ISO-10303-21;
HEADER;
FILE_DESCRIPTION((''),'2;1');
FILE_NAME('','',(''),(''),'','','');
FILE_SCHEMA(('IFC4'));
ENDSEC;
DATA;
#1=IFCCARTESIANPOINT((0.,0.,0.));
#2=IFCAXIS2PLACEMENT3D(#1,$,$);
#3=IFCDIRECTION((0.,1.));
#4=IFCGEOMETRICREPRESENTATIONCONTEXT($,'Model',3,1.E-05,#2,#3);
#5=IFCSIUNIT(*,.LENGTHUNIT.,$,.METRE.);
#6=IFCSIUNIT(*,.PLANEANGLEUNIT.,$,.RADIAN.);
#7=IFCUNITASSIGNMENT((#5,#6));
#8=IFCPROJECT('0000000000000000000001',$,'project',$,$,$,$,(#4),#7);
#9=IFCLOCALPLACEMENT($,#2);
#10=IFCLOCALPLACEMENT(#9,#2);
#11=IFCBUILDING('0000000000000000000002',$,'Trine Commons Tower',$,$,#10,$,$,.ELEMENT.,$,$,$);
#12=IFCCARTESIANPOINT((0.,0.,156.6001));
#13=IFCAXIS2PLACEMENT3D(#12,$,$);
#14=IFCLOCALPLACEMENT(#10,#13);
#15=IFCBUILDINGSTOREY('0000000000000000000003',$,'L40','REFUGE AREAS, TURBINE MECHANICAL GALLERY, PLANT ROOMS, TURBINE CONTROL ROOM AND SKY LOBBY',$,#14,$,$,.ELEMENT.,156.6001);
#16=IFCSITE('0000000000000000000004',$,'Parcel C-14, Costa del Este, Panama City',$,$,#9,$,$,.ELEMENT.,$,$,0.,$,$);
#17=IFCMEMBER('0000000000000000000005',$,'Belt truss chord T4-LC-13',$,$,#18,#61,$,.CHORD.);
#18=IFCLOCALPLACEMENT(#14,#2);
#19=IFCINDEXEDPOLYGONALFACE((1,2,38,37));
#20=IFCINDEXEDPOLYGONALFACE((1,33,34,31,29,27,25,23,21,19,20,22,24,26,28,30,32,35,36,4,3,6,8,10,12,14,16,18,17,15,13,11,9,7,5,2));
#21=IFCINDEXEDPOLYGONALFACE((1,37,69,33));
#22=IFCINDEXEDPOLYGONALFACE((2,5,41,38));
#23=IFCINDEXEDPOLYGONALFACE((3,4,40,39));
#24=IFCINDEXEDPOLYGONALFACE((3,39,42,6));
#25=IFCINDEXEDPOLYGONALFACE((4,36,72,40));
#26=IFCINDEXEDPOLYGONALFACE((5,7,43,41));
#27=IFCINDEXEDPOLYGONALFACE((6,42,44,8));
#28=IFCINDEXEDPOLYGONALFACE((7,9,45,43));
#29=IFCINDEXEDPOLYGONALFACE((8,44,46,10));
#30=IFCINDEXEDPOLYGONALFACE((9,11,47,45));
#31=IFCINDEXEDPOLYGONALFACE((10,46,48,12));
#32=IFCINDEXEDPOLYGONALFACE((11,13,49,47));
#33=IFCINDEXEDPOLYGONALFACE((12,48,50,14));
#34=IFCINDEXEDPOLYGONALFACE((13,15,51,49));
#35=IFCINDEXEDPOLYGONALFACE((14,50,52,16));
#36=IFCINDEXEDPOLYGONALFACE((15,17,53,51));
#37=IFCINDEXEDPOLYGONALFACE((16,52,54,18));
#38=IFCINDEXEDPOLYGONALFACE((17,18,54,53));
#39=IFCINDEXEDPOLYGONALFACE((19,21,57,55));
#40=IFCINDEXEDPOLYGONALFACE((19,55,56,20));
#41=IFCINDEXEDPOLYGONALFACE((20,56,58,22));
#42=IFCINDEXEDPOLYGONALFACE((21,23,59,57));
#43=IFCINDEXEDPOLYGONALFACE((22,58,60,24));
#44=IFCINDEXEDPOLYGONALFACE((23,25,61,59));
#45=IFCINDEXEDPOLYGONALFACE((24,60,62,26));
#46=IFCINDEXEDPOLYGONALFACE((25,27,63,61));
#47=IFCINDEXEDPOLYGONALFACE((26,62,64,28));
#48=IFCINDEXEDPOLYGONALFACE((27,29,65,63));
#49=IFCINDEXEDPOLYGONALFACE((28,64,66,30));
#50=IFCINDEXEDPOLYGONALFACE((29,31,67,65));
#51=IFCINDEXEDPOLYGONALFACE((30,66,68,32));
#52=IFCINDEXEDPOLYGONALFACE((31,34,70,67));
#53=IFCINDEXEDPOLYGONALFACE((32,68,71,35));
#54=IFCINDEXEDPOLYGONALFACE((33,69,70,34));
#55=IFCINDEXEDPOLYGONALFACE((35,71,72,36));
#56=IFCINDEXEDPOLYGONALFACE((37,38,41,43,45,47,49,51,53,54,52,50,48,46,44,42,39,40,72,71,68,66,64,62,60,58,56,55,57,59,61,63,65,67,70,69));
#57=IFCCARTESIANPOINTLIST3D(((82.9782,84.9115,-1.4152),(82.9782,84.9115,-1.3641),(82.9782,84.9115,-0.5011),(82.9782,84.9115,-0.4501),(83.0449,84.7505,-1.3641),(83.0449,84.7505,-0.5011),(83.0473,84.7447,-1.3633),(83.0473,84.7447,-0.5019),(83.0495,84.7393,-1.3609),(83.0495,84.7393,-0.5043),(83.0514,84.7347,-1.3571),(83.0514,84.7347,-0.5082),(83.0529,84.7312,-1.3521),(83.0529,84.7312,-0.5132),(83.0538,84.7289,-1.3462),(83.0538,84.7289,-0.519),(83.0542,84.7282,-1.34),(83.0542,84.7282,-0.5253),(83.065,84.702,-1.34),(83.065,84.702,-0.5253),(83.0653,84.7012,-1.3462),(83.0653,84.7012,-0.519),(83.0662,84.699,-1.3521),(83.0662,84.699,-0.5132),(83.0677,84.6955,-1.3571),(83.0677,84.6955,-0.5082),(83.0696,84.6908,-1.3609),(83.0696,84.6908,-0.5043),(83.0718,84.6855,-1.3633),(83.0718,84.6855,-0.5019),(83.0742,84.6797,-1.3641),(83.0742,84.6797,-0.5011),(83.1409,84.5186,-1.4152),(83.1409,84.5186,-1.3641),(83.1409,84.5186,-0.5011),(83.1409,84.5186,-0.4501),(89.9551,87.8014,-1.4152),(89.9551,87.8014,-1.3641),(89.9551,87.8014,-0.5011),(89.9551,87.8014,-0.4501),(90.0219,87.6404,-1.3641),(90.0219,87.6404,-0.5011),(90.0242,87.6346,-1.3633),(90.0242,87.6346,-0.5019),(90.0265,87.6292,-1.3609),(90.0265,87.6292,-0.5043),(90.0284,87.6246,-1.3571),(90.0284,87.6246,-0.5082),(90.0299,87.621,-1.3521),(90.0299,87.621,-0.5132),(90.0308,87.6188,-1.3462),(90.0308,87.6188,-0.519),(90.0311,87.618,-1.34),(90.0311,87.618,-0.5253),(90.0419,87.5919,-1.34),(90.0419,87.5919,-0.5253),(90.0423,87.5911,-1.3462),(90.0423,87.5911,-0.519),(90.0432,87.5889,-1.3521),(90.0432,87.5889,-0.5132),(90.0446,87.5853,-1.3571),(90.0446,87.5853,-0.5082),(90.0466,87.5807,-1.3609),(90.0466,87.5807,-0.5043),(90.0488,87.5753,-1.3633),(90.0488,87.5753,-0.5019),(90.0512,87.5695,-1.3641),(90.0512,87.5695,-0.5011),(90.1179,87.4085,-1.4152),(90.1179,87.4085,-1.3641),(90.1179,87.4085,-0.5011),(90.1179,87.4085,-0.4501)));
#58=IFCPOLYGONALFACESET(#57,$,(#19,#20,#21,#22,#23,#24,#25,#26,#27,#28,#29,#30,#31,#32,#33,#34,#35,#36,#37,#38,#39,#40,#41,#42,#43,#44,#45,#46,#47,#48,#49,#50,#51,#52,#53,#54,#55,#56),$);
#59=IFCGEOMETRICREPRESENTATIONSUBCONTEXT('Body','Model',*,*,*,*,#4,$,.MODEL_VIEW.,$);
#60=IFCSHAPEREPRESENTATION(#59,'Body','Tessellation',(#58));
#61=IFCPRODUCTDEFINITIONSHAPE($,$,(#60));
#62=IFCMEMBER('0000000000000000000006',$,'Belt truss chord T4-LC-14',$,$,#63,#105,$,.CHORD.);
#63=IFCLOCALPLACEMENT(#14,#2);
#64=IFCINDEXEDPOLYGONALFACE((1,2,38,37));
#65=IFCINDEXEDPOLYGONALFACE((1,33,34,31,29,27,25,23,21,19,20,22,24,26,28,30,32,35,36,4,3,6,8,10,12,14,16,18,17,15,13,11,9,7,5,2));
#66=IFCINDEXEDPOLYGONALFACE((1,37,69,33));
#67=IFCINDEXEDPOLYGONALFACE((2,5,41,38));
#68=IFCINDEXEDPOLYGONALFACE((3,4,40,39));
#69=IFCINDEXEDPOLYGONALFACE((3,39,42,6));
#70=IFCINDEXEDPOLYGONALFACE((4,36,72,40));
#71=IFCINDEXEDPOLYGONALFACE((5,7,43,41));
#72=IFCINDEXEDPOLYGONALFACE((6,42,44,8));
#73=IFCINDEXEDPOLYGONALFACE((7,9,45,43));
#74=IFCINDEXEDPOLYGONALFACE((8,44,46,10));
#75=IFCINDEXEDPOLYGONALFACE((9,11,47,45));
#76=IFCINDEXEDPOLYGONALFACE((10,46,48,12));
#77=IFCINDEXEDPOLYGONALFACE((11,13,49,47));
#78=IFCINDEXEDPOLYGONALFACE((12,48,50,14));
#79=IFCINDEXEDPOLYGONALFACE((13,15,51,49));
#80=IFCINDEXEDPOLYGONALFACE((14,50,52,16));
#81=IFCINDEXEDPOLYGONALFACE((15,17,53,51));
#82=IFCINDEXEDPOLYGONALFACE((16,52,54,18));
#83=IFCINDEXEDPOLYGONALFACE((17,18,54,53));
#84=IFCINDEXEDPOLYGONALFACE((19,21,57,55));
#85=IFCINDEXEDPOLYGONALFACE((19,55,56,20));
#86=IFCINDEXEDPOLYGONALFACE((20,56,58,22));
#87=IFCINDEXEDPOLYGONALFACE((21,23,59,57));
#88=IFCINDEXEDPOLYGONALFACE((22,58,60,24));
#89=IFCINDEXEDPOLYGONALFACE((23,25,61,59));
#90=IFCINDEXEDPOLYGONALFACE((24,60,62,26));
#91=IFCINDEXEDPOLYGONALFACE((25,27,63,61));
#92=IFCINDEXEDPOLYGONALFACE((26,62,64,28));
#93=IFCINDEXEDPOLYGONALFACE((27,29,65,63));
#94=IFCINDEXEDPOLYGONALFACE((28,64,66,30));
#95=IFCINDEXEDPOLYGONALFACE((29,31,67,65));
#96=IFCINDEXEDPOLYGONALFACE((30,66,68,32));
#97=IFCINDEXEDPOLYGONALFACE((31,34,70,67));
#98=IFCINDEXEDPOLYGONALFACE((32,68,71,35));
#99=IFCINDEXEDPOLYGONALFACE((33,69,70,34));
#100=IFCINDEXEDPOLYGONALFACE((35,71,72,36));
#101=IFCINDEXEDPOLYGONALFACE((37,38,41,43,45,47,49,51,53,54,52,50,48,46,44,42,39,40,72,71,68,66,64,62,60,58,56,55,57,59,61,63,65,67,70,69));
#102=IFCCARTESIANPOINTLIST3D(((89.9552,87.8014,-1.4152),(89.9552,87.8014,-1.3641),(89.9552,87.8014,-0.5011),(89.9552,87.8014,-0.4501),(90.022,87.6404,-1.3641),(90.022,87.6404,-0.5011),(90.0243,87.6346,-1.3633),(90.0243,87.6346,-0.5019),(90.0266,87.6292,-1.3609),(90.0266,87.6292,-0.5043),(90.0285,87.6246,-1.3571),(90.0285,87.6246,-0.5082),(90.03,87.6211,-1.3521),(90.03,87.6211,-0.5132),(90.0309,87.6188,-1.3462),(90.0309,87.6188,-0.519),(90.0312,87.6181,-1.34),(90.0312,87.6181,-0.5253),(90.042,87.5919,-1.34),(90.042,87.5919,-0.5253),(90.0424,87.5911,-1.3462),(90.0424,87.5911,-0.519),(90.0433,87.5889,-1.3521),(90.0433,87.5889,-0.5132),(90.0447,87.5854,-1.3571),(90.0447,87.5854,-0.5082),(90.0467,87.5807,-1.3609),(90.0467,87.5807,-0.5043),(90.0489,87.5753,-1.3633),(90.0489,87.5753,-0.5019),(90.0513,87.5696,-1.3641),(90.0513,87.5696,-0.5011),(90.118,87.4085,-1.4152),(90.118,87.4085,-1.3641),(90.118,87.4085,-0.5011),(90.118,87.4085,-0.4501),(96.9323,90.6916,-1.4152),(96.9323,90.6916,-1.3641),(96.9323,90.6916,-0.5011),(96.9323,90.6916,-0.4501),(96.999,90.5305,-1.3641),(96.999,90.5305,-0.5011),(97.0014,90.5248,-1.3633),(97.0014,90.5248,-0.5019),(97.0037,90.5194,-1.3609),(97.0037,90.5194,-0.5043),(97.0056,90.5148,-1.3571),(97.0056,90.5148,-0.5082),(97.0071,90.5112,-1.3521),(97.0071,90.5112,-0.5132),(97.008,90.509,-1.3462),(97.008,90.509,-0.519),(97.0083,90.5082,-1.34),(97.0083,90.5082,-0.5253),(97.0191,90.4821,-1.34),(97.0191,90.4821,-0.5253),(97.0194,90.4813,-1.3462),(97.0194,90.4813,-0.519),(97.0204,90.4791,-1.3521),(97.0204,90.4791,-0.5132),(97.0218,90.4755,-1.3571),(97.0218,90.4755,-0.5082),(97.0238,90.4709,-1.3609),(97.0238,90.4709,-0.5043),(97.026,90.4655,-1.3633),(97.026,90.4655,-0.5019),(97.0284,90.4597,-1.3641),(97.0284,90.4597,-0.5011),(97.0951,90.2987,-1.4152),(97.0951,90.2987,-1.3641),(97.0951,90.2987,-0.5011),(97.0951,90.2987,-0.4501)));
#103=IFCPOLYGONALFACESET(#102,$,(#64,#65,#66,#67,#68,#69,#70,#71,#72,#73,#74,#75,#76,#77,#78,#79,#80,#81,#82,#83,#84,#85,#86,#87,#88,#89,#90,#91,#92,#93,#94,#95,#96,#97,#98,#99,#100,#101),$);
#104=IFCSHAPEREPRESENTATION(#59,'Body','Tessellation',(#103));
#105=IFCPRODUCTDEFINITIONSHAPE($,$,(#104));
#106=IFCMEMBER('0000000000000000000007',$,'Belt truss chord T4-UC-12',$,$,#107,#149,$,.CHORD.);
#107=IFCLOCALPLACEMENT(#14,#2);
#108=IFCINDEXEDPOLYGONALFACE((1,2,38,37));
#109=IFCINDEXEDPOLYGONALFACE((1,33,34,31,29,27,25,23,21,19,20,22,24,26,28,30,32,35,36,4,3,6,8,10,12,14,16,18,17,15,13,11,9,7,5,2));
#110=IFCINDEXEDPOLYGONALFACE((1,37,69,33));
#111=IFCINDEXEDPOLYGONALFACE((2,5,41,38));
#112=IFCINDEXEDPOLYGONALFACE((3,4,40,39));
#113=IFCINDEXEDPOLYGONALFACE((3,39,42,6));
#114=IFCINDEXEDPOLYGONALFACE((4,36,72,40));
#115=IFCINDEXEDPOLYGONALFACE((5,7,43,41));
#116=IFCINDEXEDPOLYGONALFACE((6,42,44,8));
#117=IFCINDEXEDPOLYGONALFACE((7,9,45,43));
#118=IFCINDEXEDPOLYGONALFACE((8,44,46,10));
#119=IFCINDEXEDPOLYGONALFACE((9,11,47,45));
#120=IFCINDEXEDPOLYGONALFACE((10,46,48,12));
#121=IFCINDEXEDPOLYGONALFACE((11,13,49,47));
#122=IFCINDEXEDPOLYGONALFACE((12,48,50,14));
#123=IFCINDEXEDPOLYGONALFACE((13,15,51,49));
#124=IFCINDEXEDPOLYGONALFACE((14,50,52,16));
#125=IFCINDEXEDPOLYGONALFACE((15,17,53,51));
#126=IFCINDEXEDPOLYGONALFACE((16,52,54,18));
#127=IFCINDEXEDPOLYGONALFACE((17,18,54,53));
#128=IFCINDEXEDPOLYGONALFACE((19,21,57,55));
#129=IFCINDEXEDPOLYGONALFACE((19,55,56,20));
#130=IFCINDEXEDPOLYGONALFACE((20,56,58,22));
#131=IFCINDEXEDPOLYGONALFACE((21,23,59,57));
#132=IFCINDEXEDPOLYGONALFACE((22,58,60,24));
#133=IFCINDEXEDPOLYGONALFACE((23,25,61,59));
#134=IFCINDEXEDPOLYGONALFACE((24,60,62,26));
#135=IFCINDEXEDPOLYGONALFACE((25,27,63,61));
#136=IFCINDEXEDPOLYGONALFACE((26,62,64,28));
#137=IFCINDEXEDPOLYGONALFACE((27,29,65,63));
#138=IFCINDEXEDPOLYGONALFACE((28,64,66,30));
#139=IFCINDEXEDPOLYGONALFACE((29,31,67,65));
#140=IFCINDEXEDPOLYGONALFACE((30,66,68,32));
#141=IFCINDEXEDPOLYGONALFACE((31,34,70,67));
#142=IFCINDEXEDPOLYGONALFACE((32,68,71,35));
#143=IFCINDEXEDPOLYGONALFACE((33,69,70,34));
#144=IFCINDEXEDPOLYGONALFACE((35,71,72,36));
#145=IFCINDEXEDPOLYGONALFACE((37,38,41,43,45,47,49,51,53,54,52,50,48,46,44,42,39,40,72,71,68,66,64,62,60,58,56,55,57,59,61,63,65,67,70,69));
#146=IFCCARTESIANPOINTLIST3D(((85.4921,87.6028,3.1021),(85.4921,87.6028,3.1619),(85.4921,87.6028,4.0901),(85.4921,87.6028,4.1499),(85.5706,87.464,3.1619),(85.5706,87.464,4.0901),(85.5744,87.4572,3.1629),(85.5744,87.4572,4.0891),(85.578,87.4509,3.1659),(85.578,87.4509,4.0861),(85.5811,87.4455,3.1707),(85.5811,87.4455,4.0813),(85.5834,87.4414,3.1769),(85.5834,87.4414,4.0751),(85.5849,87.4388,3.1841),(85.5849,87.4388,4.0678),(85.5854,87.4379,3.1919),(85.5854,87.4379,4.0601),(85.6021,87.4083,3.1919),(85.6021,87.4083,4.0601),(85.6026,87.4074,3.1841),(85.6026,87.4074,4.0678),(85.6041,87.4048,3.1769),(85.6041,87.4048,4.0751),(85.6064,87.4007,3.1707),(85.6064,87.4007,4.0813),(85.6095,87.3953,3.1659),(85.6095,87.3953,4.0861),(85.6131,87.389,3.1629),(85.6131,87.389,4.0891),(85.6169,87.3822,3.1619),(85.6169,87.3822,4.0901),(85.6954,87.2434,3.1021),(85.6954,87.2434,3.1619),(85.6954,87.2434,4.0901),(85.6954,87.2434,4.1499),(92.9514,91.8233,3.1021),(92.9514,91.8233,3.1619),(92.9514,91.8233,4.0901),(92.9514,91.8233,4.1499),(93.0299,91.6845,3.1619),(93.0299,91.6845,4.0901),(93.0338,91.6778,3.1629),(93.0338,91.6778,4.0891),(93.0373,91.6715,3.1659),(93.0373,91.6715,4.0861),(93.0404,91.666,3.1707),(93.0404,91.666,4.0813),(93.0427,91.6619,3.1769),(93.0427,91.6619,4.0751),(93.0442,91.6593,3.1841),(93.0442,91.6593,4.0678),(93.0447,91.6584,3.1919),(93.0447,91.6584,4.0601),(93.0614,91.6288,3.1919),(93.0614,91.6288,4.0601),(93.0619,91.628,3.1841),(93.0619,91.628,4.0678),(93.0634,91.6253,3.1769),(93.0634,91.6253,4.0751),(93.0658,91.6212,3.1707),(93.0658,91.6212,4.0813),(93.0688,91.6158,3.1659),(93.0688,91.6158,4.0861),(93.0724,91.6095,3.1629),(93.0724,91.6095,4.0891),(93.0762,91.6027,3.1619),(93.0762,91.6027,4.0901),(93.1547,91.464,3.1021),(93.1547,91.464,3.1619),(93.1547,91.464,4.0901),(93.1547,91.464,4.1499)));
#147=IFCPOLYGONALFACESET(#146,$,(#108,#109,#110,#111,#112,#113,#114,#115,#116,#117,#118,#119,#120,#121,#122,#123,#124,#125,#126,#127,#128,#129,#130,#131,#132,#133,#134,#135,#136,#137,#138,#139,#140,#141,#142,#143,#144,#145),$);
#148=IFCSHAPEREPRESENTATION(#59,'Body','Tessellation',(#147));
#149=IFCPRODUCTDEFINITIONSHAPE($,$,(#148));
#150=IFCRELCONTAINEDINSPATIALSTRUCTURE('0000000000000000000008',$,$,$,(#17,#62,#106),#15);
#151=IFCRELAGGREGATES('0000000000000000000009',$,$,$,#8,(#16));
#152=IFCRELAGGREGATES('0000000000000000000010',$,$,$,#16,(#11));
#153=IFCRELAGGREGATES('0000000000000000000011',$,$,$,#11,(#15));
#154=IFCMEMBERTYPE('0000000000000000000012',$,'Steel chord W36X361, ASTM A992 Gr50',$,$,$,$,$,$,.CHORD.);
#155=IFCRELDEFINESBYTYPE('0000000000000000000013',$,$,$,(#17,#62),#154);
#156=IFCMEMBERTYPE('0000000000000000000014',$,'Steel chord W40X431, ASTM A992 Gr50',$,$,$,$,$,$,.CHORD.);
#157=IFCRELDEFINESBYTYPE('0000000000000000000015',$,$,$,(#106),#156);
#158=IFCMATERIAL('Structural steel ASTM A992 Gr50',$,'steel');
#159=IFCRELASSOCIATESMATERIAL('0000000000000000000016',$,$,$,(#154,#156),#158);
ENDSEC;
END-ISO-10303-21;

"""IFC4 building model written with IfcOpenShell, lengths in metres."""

from ifc_helpers import new_model, si_unit, direction, frame, origin, origin_2d, place, context, subcontext, project, spatial, i_section, extrude, material, material_profile, profile_set, type_object, element, save


model = new_model("IFC4")

# Units and contexts
model_context = context("Model", 3, precision=1e-05, world=origin(), true_north=direction((0.0, 1.0)))
body_context = subcontext(model_context, "Body", "Model", "MODEL_VIEW")
ifc_project = project(units=[si_unit("LENGTHUNIT", "METRE"), si_unit("PLANEANGLEUNIT", "RADIAN")], contexts=[model_context])

# Site, building, storey
site_placement = place(None, origin())
site = spatial("IfcSite", under=ifc_project, at=site_placement, Name="Parcel C-14, Costa del Este, Panama City", CompositionType="ELEMENT", RefElevation=0.0)
building_placement = place(site_placement, origin())
building = spatial("IfcBuilding", under=site, at=building_placement, Name="Trine Commons Tower", CompositionType="ELEMENT")
storey_placement = place(building_placement, frame((0.0, 0.0, 156.6001)))
storey = spatial("IfcBuildingStorey", under=building, at=storey_placement, Name="L40", Description="REFUGE AREAS, TURBINE MECHANICAL GALLERY, PLANT ROOMS, TURBINE CONTROL ROOM AND SKY LOBBY", CompositionType="ELEMENT", Elevation=156.6001)

# Shared definitions
ifc_material_1 = material(Name="Structural steel ASTM A992 Gr50", Category="steel")

# Members
ifc_material_profile_1 = material_profile(ifc_material_1, i_section(OverallWidth=0.4253, OverallDepth=0.9651, WebThickness=0.0283, FlangeThickness=0.051, FilletRadius=0.0242, at=origin_2d()), Name="W36X361")
ifc_profile_set_1 = profile_set([ifc_material_profile_1], Name="Structural steel ASTM A992 Gr50")
member_type_1 = type_object("IfcMemberType", Name="Steel chord W36X361, ASTM A992 Gr50", PredefinedType="CHORD", material=ifc_profile_set_1)
member_1_placement = place(storey_placement, frame((83.0596, 84.7151, -0.9326), z_axis=(0.923884, 0.382673, 0.0), x_axis=(-0.382673, 0.923884, 0.0)))
element("IfcMember", 1, at=member_1_placement, inside=storey, type_object=member_type_1, Name="Belt truss chord T4-LC-13", PredefinedType="CHORD", context=body_context, shape_type="SweptSolid", body=[
    extrude(i_section(OverallWidth=0.4253, OverallDepth=0.9651, WebThickness=0.0283, FlangeThickness=0.051, FilletRadius=0.0242, at=origin_2d()), origin(), (0.0, 0.0, 1.0), 7.5518),
])
member_2_placement = place(storey_placement, frame((90.0366, 87.605, -0.9326), z_axis=(0.923873, 0.3827, 0.0), x_axis=(-0.3827, 0.923873, 0.0)))
element("IfcMember", 2, at=member_2_placement, inside=storey, type_object=member_type_1, Name="Belt truss chord T4-LC-14", PredefinedType="CHORD", context=body_context, shape_type="SweptSolid", body=[
    extrude(i_section(OverallWidth=0.4253, OverallDepth=0.9651, WebThickness=0.0283, FlangeThickness=0.051, FilletRadius=0.0242, at=origin_2d()), origin(), (0.0, 0.0, 1.0), 7.552),
])
ifc_material_profile_2 = material_profile(ifc_material_1, i_section(OverallWidth=0.4128, OverallDepth=1.0479, WebThickness=0.0339, FlangeThickness=0.0598, FilletRadius=0.03, at=origin_2d()), Name="W40X431")
ifc_profile_set_2 = profile_set([ifc_material_profile_2], Name="Structural steel ASTM A992 Gr50")
member_type_2 = type_object("IfcMemberType", Name="Steel chord W40X431, ASTM A992 Gr50", PredefinedType="CHORD", material=ifc_profile_set_2)
member_3_placement = place(storey_placement, frame((85.5938, 87.4231, 3.626), z_axis=(0.870344, 0.492444, 0.0), x_axis=(-0.492444, 0.870344, 0.0)))
element("IfcMember", 3, at=member_3_placement, inside=storey, type_object=member_type_2, Name="Belt truss chord T4-UC-12", PredefinedType="CHORD", context=body_context, shape_type="SweptSolid", body=[
    extrude(i_section(OverallWidth=0.4128, OverallDepth=1.0479, WebThickness=0.0339, FlangeThickness=0.0598, FilletRadius=0.03, at=origin_2d()), origin(), (0.0, 0.0, 1.0), 8.5706),
])

save(model, "model.ifc")
